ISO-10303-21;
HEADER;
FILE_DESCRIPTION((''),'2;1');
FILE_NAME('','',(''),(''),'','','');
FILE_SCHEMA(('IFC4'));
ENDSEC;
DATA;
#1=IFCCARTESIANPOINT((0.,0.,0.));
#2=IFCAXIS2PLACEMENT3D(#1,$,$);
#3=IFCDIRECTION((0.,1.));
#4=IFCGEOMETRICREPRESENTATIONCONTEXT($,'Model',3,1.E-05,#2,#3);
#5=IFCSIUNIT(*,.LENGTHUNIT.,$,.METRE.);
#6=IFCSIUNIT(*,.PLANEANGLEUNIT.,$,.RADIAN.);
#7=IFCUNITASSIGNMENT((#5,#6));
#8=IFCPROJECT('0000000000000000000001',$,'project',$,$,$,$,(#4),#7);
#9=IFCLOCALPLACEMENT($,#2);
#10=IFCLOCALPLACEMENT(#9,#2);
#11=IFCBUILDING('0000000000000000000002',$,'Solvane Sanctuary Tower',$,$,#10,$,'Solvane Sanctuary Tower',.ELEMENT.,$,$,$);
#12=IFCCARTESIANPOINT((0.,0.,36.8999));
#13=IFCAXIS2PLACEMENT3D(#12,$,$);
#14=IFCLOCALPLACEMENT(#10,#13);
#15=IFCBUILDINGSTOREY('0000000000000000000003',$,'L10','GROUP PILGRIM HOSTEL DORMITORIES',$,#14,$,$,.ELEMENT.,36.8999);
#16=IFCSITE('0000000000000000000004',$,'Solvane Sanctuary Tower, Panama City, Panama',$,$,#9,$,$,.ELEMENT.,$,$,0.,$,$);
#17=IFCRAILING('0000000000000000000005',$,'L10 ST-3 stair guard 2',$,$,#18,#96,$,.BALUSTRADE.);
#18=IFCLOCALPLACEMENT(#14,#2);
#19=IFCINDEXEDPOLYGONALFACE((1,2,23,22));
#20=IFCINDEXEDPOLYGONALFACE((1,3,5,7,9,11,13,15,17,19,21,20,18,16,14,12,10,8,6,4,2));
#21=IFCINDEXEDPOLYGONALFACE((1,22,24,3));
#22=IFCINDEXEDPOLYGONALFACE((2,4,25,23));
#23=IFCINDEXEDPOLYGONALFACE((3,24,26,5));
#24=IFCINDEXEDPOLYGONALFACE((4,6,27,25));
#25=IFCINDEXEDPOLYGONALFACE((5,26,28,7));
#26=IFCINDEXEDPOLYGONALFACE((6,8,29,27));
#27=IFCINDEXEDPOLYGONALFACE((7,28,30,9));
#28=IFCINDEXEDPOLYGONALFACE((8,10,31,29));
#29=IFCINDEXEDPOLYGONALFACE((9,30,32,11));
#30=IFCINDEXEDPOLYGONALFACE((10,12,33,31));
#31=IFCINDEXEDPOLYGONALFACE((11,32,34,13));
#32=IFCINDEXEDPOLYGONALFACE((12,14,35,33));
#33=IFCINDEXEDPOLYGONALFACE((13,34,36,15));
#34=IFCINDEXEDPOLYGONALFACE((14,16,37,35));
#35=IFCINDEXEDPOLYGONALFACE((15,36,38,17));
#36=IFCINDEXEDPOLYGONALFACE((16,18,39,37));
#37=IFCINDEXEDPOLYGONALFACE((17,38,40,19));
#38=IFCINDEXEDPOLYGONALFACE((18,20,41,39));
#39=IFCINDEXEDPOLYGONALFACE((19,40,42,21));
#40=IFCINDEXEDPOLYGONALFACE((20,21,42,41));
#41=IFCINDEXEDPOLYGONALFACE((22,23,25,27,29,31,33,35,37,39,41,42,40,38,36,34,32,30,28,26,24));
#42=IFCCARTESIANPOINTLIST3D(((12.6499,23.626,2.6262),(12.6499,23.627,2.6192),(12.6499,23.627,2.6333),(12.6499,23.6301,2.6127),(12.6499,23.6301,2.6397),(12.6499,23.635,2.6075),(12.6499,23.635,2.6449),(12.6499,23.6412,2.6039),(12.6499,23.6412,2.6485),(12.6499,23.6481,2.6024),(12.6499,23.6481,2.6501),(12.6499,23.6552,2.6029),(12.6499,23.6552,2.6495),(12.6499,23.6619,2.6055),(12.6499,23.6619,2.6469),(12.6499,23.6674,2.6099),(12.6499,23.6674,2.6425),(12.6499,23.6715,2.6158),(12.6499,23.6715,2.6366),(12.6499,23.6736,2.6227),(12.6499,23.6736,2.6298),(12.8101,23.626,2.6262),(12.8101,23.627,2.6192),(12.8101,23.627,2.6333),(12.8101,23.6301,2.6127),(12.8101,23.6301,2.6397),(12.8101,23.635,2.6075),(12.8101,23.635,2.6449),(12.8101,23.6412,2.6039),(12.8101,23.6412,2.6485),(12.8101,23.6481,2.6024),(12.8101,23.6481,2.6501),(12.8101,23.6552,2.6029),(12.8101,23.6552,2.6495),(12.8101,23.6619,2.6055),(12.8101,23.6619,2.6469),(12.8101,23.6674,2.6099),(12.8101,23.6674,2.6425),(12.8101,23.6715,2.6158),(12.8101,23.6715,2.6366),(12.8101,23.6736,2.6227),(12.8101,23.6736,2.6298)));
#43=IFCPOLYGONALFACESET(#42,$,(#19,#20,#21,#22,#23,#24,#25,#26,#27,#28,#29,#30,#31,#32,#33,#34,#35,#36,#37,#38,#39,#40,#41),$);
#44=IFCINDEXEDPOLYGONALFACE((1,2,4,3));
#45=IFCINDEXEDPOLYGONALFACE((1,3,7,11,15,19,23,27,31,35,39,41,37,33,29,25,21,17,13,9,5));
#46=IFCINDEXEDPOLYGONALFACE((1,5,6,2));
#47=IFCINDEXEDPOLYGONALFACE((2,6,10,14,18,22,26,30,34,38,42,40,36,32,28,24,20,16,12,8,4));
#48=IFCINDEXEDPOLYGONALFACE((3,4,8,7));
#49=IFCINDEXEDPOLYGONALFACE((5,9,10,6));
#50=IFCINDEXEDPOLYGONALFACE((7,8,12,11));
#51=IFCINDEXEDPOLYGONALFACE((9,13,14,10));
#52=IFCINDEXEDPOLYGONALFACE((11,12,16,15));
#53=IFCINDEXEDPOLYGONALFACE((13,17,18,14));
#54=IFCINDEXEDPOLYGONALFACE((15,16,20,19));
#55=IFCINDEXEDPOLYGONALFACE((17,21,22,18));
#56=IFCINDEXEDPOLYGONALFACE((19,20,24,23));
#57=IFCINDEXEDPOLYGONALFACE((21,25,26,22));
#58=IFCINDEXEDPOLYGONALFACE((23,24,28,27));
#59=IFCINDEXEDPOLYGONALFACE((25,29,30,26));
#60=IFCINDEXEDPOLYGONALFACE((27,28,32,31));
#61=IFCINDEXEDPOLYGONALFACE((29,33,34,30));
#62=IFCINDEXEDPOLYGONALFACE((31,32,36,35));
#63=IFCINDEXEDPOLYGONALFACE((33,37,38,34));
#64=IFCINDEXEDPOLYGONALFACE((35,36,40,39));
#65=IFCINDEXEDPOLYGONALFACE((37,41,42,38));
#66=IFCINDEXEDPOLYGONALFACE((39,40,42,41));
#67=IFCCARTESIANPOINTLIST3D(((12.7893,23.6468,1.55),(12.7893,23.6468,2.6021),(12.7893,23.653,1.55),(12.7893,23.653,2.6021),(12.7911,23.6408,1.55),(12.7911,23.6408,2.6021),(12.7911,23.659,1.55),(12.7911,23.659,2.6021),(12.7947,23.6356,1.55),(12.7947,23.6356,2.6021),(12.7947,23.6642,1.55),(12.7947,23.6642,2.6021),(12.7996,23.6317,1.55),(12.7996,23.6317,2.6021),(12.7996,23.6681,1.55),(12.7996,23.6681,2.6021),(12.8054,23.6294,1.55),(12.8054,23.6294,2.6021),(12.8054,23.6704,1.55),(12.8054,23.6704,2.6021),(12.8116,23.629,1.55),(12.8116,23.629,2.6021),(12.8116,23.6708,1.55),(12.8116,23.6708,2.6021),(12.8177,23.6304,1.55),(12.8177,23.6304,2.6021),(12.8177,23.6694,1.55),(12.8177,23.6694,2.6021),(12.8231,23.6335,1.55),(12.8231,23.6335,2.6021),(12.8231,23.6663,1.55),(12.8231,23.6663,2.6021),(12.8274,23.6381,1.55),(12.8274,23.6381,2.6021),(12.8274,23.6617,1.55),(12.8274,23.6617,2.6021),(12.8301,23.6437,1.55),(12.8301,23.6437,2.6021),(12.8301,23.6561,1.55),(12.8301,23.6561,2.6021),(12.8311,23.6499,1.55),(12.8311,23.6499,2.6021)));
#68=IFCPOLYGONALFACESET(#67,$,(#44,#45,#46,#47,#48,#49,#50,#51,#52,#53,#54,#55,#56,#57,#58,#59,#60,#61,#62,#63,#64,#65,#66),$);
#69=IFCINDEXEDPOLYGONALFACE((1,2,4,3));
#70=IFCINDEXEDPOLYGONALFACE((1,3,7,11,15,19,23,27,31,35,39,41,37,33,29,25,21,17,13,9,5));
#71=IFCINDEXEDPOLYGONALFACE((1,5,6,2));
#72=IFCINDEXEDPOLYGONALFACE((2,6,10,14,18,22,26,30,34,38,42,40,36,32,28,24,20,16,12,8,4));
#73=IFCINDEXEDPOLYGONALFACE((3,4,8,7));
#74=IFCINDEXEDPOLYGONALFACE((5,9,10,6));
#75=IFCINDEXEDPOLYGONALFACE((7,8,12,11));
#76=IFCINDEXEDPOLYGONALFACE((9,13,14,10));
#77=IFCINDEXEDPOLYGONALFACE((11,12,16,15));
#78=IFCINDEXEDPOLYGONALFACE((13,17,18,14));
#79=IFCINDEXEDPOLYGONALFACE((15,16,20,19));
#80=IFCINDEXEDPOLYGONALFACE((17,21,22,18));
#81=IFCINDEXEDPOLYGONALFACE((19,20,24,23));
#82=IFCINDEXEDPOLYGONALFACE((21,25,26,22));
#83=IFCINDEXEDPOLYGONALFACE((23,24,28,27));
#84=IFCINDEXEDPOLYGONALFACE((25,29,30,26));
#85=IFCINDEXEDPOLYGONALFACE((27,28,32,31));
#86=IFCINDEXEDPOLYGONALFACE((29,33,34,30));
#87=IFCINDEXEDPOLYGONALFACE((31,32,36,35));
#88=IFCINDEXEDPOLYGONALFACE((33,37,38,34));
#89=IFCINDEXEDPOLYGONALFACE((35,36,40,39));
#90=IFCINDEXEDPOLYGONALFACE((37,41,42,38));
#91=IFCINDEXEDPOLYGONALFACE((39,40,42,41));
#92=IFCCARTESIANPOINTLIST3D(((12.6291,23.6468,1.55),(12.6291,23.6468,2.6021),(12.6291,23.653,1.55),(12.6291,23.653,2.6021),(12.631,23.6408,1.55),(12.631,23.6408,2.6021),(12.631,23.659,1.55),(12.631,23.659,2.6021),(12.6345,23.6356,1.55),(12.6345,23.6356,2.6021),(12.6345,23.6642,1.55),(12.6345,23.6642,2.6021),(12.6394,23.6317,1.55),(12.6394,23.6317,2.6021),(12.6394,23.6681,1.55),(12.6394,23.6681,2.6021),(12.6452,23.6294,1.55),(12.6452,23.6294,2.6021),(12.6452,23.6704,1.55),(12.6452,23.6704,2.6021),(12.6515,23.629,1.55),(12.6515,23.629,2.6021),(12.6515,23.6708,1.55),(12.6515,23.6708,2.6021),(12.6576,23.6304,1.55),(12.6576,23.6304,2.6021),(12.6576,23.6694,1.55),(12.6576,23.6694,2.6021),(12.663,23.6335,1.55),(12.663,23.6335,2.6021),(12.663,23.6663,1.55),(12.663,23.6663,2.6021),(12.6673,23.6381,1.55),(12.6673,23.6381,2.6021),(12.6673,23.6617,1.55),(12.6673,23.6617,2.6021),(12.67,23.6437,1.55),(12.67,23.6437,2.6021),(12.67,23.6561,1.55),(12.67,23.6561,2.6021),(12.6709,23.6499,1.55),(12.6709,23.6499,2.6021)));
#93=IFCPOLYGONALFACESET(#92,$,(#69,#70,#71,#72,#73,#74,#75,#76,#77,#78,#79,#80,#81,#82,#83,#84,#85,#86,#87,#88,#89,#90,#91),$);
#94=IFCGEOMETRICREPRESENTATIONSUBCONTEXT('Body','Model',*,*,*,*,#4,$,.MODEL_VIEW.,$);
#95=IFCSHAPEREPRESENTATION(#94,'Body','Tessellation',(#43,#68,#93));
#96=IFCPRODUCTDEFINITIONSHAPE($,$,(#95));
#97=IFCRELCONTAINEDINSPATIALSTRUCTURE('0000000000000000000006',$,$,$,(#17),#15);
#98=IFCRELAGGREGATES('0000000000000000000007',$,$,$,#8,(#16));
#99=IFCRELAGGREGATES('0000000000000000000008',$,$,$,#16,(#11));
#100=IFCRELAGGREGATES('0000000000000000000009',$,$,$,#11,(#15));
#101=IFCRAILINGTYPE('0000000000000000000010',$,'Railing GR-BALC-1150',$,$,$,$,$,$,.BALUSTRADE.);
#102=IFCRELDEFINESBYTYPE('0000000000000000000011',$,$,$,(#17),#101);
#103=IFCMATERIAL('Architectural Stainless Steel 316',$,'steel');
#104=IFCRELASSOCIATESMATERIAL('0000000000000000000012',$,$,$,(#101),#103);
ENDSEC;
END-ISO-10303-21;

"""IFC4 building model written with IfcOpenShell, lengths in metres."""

from ifc_helpers import new_model, si_unit, direction, frame, origin, origin_2d, place, context, subcontext, project, spatial, circle, extrude, material, type_object, element, save


model = new_model("IFC4")

# Units and contexts
model_context = context("Model", 3, precision=1e-05, world=origin(), true_north=direction((0.0, 1.0)))
body_context = subcontext(model_context, "Body", "Model", "MODEL_VIEW")
ifc_project = project(units=[si_unit("LENGTHUNIT", "METRE"), si_unit("PLANEANGLEUNIT", "RADIAN")], contexts=[model_context])

# Site, building, storey
site_placement = place(None, origin())
site = spatial("IfcSite", under=ifc_project, at=site_placement, Name="Solvane Sanctuary Tower, Panama City, Panama", CompositionType="ELEMENT", RefElevation=0.0)
building_placement = place(site_placement, origin())
building = spatial("IfcBuilding", under=site, at=building_placement, Name="Solvane Sanctuary Tower", LongName="Solvane Sanctuary Tower", CompositionType="ELEMENT")
storey_placement = place(building_placement, frame((0.0, 0.0, 36.8999)))
storey = spatial("IfcBuildingStorey", under=building, at=storey_placement, Name="L10", Description="GROUP PILGRIM HOSTEL DORMITORIES", CompositionType="ELEMENT", Elevation=36.8999)

# Railing
ifc_material_1 = material(Name="Architectural Stainless Steel 316", Category="steel")
railing_type_1 = type_object("IfcRailingType", Name="Railing GR-BALC-1150", PredefinedType="BALUSTRADE", material=ifc_material_1)
railing_1_placement = place(storey_placement, frame((12.8101, 23.6499, 1.55)))
element("IfcRailing", 1, at=railing_1_placement, inside=storey, type_object=railing_type_1, Name="L10 ST-3 stair guard 2", PredefinedType="BALUSTRADE", context=body_context, shape_type="SweptSolid", body=[
    extrude(circle(Radius=0.0239, at=origin_2d()), frame((0.0, 0.0, 1.0762), z_axis=(-1.0, 0.0, 0.0), x_axis=(0.0, -1.0, 0.0)), (0.0, 0.0, 1.0), 0.1602),
    extrude(circle(Radius=0.021, at=origin_2d()), origin(), (0.0, 0.0, 1.0), 1.052),
    extrude(circle(Radius=0.021, at=origin_2d()), frame((-0.1602, 0.0, 0.0)), (0.0, 0.0, 1.0), 1.052),
])

save(model, "model.ifc")
